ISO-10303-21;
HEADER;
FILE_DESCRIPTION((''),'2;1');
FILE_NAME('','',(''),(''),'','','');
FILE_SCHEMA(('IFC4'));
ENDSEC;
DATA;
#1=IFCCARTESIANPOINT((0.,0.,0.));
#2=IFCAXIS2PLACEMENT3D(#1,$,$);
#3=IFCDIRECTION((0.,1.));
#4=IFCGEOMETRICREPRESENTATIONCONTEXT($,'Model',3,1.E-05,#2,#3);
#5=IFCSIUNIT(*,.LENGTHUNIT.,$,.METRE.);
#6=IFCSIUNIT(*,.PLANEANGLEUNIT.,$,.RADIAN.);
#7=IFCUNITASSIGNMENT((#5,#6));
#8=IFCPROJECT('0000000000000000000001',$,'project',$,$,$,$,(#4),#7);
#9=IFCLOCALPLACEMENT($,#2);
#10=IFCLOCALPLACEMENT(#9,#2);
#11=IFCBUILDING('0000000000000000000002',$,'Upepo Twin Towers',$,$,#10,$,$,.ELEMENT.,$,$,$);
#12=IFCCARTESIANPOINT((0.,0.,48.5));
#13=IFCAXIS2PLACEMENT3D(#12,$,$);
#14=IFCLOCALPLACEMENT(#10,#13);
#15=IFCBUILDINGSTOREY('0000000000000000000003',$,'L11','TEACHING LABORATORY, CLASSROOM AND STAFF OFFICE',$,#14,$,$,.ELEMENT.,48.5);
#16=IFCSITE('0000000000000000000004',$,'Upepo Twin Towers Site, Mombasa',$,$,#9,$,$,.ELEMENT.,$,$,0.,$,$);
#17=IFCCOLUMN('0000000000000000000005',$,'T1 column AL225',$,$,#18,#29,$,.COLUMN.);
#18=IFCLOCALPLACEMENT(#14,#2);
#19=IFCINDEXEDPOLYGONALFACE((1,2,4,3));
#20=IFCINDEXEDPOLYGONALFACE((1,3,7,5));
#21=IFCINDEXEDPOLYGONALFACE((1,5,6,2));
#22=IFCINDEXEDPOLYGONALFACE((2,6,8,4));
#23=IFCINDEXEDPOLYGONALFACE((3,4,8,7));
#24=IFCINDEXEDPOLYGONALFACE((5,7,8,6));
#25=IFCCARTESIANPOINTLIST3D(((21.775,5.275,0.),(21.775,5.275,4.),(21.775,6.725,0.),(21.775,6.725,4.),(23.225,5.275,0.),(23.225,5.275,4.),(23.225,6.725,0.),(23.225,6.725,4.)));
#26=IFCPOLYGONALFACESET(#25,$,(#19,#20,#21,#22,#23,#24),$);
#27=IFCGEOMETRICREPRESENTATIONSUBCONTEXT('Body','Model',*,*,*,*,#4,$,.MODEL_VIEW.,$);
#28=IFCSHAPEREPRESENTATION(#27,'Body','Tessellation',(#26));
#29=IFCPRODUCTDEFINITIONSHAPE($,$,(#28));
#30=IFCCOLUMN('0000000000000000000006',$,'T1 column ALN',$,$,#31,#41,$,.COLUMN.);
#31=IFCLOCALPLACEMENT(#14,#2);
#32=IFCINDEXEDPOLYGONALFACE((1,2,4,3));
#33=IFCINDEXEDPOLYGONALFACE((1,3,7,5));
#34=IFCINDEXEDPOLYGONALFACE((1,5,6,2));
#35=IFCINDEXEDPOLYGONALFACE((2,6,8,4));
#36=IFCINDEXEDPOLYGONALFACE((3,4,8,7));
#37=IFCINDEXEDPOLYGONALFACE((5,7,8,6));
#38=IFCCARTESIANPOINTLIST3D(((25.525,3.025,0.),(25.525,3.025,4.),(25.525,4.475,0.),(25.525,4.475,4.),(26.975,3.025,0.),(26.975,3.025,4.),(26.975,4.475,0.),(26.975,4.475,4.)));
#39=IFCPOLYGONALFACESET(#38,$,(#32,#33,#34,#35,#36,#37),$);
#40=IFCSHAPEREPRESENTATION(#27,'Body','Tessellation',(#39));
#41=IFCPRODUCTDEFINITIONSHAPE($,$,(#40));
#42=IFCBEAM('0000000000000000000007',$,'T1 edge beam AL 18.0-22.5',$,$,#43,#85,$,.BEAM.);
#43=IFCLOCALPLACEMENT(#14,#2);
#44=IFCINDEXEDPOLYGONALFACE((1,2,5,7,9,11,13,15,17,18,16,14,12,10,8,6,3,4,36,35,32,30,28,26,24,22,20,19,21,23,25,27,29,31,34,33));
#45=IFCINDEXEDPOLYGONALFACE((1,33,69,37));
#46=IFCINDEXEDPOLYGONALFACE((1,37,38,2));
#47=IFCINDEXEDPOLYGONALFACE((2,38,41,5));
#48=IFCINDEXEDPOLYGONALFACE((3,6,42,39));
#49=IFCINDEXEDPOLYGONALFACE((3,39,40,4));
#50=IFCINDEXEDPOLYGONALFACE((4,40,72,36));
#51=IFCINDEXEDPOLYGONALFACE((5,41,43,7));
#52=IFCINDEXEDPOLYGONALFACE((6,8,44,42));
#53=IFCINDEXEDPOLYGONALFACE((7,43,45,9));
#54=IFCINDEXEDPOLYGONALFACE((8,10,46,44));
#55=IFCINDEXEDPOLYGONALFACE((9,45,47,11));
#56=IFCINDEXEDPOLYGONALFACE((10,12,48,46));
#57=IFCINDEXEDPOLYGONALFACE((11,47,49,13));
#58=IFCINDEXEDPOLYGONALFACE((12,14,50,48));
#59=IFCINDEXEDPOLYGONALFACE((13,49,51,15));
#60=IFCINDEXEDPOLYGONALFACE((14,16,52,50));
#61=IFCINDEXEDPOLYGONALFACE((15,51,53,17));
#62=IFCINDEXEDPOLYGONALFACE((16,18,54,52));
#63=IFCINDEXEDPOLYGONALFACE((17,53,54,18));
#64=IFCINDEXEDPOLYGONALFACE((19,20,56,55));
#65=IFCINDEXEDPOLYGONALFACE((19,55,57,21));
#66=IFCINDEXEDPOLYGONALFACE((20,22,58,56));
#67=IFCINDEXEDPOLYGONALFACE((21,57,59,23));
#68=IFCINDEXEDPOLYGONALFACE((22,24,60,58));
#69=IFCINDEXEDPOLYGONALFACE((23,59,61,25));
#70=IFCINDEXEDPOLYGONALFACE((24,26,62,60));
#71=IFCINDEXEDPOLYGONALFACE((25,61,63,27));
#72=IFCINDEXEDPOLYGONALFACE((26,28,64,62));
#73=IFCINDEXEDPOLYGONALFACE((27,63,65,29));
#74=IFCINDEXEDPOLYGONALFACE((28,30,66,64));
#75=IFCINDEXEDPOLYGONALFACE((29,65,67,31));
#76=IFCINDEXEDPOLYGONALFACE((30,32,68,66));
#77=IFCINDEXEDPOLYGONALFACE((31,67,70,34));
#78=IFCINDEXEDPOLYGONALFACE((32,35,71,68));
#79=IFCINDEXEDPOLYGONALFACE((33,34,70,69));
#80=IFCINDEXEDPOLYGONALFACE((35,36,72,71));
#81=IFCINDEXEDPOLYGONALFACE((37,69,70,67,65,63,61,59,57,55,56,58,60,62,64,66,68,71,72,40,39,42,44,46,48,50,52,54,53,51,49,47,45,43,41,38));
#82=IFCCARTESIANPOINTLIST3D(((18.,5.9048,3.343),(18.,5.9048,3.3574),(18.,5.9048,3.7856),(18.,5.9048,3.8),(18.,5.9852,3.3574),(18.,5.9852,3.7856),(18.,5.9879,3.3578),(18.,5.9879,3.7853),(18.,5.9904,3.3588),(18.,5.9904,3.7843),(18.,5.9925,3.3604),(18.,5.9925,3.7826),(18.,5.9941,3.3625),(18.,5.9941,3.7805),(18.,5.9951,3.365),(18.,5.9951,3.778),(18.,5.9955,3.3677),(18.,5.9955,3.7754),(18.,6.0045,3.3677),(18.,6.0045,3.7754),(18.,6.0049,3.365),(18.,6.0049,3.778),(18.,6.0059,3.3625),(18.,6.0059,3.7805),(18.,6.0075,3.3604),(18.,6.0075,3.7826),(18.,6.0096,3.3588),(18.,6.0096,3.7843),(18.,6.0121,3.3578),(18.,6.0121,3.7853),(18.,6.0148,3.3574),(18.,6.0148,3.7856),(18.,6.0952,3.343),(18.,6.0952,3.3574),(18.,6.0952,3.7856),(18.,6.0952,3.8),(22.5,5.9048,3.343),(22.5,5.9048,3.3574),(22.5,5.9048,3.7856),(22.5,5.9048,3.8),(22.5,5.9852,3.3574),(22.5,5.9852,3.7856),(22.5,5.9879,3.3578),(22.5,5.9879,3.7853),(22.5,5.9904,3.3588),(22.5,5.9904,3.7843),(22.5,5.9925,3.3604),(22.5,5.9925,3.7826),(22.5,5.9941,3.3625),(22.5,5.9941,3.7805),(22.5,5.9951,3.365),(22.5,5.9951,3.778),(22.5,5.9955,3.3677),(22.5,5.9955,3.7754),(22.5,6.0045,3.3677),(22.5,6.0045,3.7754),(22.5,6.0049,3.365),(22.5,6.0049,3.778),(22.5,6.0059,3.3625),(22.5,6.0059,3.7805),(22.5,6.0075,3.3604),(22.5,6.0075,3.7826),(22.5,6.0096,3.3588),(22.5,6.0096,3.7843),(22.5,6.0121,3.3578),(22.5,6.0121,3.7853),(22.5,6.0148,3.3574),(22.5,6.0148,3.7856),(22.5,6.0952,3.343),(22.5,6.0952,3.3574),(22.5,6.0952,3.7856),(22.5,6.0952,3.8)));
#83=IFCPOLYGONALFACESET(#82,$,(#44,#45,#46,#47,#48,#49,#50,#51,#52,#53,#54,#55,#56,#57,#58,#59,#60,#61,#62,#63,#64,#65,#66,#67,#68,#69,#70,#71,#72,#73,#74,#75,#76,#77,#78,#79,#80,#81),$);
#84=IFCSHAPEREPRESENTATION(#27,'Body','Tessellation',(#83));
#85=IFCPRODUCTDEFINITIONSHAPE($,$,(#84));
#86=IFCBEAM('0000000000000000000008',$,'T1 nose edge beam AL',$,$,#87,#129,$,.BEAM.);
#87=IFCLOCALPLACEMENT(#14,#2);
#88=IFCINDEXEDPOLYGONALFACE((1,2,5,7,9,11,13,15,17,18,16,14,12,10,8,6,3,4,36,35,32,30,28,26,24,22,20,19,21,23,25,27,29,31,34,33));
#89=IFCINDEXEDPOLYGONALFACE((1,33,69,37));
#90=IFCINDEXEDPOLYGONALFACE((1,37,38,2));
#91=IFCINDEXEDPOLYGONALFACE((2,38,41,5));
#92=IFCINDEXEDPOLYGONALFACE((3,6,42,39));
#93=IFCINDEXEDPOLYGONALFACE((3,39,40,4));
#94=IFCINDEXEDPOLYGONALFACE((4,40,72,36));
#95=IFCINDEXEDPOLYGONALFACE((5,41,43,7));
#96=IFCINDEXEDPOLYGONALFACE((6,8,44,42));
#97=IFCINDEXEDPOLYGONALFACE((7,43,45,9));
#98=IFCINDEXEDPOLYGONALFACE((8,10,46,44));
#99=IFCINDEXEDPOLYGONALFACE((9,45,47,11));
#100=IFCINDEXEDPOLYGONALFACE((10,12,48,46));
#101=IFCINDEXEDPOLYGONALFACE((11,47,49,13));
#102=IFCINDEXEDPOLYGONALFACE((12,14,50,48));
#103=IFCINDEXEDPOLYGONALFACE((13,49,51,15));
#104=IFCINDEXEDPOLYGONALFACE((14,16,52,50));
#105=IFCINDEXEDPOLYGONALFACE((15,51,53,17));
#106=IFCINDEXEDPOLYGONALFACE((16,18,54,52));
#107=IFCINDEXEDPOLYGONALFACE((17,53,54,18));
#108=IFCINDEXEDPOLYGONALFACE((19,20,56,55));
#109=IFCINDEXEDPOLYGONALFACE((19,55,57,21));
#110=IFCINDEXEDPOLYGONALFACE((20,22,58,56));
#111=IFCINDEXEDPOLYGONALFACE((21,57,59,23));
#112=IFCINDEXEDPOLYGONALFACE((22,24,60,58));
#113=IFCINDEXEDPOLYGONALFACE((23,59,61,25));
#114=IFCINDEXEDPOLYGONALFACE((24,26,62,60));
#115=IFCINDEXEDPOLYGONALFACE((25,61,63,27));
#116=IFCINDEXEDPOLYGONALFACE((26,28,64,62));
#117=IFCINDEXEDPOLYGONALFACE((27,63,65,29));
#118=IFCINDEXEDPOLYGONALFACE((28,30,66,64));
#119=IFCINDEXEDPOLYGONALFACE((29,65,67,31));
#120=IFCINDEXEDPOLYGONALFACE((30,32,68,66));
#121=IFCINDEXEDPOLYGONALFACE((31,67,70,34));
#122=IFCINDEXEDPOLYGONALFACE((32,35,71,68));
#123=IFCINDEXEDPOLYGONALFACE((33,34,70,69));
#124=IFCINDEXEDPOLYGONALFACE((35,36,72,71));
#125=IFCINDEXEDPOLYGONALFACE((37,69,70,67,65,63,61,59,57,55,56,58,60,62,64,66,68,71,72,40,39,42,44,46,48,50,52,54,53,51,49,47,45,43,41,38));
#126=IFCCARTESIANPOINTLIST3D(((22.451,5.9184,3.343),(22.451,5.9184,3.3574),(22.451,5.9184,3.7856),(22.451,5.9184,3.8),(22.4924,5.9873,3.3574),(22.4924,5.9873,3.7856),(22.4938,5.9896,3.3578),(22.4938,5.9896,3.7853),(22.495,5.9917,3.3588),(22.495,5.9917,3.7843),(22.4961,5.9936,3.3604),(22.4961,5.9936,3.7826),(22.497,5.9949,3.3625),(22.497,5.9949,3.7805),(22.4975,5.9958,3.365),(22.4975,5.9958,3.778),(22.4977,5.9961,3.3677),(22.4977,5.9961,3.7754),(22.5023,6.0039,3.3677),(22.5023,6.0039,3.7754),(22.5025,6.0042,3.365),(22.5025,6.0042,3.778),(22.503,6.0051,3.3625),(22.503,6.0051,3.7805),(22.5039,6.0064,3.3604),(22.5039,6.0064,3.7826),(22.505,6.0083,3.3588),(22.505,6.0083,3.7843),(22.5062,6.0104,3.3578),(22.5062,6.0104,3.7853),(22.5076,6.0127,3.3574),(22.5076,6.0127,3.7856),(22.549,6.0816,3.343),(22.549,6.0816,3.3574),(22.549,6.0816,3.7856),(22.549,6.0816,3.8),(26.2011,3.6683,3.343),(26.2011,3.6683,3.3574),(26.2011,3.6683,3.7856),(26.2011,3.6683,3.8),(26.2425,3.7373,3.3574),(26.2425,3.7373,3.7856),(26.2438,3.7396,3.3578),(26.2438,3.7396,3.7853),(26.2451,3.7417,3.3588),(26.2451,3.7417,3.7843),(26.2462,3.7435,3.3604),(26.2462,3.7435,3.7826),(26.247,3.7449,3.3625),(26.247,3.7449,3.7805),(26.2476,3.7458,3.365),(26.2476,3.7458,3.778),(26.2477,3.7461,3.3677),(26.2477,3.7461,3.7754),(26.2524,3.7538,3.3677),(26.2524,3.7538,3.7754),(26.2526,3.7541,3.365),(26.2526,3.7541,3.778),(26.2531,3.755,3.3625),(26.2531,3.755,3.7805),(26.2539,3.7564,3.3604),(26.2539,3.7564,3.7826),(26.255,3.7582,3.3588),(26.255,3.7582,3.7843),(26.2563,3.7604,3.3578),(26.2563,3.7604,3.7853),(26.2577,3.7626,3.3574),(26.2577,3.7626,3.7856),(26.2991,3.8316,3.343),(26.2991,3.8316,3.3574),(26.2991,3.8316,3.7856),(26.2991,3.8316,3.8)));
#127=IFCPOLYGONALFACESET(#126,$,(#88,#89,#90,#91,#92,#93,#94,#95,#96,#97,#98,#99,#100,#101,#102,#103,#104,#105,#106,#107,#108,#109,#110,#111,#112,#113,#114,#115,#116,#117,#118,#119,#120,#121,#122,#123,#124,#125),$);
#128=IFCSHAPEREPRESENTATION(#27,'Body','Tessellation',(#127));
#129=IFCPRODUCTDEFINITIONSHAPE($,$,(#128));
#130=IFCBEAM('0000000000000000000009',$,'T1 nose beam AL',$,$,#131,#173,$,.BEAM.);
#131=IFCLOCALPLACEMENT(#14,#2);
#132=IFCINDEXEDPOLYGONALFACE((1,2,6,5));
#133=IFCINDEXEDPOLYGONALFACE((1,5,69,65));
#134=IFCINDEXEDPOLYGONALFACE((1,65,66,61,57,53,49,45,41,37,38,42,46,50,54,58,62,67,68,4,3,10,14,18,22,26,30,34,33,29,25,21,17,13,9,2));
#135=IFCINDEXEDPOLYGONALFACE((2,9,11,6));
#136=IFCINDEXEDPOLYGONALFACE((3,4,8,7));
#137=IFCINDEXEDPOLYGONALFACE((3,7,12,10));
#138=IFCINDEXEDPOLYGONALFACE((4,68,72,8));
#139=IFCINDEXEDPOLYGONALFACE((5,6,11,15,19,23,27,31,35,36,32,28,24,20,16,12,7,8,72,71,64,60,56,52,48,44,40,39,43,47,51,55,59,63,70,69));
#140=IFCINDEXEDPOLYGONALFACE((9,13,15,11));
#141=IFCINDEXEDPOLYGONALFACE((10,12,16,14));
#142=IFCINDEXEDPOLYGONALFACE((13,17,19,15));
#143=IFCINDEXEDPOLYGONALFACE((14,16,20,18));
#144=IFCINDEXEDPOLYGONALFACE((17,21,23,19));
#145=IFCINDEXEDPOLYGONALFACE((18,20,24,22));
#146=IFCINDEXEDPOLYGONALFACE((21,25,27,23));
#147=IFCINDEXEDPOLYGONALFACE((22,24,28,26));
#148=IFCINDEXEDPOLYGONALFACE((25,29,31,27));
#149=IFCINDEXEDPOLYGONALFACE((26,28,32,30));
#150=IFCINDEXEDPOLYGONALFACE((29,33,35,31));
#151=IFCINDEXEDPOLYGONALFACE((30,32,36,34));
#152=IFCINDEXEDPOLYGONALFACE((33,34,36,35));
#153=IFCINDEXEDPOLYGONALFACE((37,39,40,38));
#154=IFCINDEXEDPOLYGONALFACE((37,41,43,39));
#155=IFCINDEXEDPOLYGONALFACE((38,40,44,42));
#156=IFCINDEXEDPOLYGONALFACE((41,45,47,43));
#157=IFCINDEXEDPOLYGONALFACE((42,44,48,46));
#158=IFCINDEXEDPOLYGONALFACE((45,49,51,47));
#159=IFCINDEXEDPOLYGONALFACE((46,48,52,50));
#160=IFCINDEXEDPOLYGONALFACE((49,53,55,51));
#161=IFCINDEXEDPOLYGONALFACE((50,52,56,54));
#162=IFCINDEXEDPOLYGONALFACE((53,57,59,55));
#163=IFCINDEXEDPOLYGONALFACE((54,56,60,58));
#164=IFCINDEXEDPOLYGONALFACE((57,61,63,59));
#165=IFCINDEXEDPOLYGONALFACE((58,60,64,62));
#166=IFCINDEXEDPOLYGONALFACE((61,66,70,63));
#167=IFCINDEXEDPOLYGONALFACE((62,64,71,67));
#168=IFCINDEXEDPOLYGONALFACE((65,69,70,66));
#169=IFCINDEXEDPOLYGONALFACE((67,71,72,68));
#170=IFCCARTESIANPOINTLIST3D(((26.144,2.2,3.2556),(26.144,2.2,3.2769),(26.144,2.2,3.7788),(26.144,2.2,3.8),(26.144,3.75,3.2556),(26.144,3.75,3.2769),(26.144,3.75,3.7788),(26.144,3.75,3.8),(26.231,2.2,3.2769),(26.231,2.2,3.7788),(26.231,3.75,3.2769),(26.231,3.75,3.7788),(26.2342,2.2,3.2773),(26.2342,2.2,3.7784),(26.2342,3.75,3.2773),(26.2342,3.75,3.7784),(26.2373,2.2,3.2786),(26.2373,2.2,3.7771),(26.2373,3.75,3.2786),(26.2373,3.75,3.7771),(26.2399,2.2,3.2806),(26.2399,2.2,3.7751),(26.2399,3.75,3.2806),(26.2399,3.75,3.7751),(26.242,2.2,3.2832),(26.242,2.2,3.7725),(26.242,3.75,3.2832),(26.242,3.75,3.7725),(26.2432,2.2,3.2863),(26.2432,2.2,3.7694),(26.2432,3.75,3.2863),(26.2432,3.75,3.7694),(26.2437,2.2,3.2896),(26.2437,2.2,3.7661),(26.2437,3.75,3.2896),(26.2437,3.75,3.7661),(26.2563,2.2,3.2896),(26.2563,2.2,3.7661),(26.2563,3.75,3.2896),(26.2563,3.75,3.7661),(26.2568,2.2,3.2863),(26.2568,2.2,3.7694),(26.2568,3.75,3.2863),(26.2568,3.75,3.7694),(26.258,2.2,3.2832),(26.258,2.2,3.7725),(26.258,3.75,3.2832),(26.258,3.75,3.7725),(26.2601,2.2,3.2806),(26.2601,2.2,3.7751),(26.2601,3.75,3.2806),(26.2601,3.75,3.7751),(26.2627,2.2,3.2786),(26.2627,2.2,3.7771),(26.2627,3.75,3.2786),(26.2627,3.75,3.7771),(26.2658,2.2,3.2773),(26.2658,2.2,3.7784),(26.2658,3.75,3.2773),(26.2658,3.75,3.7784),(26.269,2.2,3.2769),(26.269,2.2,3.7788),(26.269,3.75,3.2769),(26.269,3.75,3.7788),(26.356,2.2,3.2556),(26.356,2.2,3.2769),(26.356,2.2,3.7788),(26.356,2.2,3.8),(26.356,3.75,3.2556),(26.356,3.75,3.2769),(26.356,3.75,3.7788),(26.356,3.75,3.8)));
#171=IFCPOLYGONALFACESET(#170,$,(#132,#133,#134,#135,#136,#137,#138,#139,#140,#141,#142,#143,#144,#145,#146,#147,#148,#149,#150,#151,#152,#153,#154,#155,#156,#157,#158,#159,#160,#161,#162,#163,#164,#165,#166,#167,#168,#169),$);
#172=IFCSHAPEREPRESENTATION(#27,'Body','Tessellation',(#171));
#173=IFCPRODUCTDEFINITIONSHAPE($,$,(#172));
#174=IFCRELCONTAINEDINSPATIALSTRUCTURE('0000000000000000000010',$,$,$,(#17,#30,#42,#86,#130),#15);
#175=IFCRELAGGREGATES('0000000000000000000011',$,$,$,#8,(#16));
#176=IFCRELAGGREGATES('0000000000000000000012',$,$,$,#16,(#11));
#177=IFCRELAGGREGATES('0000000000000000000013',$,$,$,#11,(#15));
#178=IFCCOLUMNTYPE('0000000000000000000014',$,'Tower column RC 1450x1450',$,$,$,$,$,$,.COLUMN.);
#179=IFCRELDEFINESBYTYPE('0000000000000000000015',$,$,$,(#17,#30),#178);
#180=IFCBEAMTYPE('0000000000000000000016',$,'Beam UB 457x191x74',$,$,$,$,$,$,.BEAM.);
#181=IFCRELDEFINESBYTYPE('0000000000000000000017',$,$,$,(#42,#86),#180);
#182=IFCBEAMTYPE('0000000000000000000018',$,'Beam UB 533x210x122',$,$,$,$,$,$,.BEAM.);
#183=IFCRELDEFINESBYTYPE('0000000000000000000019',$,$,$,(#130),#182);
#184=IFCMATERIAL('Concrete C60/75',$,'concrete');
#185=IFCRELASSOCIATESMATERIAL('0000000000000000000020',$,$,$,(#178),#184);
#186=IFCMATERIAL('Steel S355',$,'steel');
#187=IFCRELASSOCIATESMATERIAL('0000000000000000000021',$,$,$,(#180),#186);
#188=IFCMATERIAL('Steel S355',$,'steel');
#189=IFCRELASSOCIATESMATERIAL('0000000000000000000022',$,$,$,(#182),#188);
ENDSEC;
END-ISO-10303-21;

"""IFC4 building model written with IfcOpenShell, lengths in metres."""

from ifc_helpers import new_model, si_unit, direction, frame, origin, origin_2d, place, context, subcontext, project, spatial, rectangle, i_section, extrude, material, material_profile, profile_set, type_object, element, save


model = new_model("IFC4")

# Units and contexts
model_context = context("Model", 3, precision=1e-05, world=origin(), true_north=direction((0.0, 1.0)))
body_context = subcontext(model_context, "Body", "Model", "MODEL_VIEW")
ifc_project = project(units=[si_unit("LENGTHUNIT", "METRE"), si_unit("PLANEANGLEUNIT", "RADIAN")], contexts=[model_context])

# Site, building, storey
site_placement = place(None, origin())
site = spatial("IfcSite", under=ifc_project, at=site_placement, Name="Upepo Twin Towers Site, Mombasa", CompositionType="ELEMENT", RefElevation=0.0)
building_placement = place(site_placement, origin())
building = spatial("IfcBuilding", under=site, at=building_placement, Name="Upepo Twin Towers", CompositionType="ELEMENT")
storey_placement = place(building_placement, frame((0.0, 0.0, 48.5)))
storey = spatial("IfcBuildingStorey", under=building, at=storey_placement, Name="L11", Description="TEACHING LABORATORY, CLASSROOM AND STAFF OFFICE", CompositionType="ELEMENT", Elevation=48.5)

# Columns
ifc_material_1 = material(Name="Concrete C60/75", Category="concrete")
ifc_material_profile_1 = material_profile(ifc_material_1, rectangle(XDim=1.45, YDim=1.45, at=origin_2d()), Name="RC 1450x1450")
ifc_profile_set_1 = profile_set([ifc_material_profile_1], Name="Concrete C60/75")
column_type = type_object("IfcColumnType", Name="Tower column RC 1450x1450", PredefinedType="COLUMN", material=ifc_profile_set_1)
for number, where, z_axis, x_axis, name in (
    (1, (22.5, 6.0, 0.0), (0.0, 0.0, 1.0), (1.0, 0.0, 0.0), "T1 column AL225"),
    (2, (26.25, 3.75, 0.0), (0.0, 0.0, 1.0), (1.0, 0.0, 0.0), "T1 column ALN"),
):
    element("IfcColumn", number, at=place(storey_placement, frame(where, z_axis=z_axis, x_axis=x_axis)), inside=storey, type_object=column_type, Name=name, PredefinedType="COLUMN", context=body_context, shape_type="SweptSolid", body=[
        extrude(rectangle(XDim=1.45, YDim=1.45, at=origin_2d()), origin(), (0.0, 0.0, 1.0), 4.0),
    ])

# Beams
ifc_material_2 = material(Name="Steel S355", Category="steel")
ifc_material_profile_2 = material_profile(ifc_material_2, i_section(OverallWidth=0.1904, OverallDepth=0.457, WebThickness=0.009, FlangeThickness=0.0144, FilletRadius=0.0103, at=origin_2d()), Name="UB 457x191x74")
ifc_profile_set_2 = profile_set([ifc_material_profile_2], Name="Steel S355")
beam_type_1 = type_object("IfcBeamType", Name="Beam UB 457x191x74", PredefinedType="BEAM", material=ifc_profile_set_2)
beam_1_placement = place(storey_placement, frame((18.0, 6.0, 3.5715), z_axis=(1.0, 0.0, 0.0), x_axis=(0.0, 1.0, 0.0)))
element("IfcBeam", 3, at=beam_1_placement, inside=storey, type_object=beam_type_1, Name="T1 edge beam AL 18.0-22.5", PredefinedType="BEAM", context=body_context, shape_type="SweptSolid", body=[
    extrude(i_section(OverallWidth=0.1904, OverallDepth=0.457, WebThickness=0.009, FlangeThickness=0.0144, FilletRadius=0.0103, at=origin_2d()), origin(), (0.0, 0.0, 1.0), 4.5),
])
beam_2_placement = place(storey_placement, frame((22.5, 6.0, 3.5715), z_axis=(0.857493, -0.514496, 0.0), x_axis=(0.514496, 0.857493, 0.0)))
element("IfcBeam", 4, at=beam_2_placement, inside=storey, type_object=beam_type_1, Name="T1 nose edge beam AL", PredefinedType="BEAM", context=body_context, shape_type="SweptSolid", body=[
    extrude(i_section(OverallWidth=0.1904, OverallDepth=0.457, WebThickness=0.009, FlangeThickness=0.0144, FilletRadius=0.0103, at=origin_2d()), origin(), (0.0, 0.0, 1.0), 4.3733),
])
ifc_material_3 = material(Name="Steel S355", Category="steel")
ifc_material_profile_3 = material_profile(ifc_material_3, i_section(OverallWidth=0.2119, OverallDepth=0.5444, WebThickness=0.0127, FlangeThickness=0.0212, FilletRadius=0.0127, at=origin_2d()), Name="UB 533x210x122")
ifc_profile_set_3 = profile_set([ifc_material_profile_3], Name="Steel S355")
beam_type_2 = type_object("IfcBeamType", Name="Beam UB 533x210x122", PredefinedType="BEAM", material=ifc_profile_set_3)
beam_3_placement = place(storey_placement, frame((26.25, 3.75, 3.5278), z_axis=(0.0, -1.0, 0.0), x_axis=(1.0, 0.0, 0.0)))
element("IfcBeam", 5, at=beam_3_placement, inside=storey, type_object=beam_type_2, Name="T1 nose beam AL", PredefinedType="BEAM", context=body_context, shape_type="SweptSolid", body=[
    extrude(i_section(OverallWidth=0.2119, OverallDepth=0.5444, WebThickness=0.0127, FlangeThickness=0.0212, FilletRadius=0.0127, at=origin_2d()), origin(), (0.0, 0.0, 1.0), 1.55),
])

save(model, "model.ifc")
